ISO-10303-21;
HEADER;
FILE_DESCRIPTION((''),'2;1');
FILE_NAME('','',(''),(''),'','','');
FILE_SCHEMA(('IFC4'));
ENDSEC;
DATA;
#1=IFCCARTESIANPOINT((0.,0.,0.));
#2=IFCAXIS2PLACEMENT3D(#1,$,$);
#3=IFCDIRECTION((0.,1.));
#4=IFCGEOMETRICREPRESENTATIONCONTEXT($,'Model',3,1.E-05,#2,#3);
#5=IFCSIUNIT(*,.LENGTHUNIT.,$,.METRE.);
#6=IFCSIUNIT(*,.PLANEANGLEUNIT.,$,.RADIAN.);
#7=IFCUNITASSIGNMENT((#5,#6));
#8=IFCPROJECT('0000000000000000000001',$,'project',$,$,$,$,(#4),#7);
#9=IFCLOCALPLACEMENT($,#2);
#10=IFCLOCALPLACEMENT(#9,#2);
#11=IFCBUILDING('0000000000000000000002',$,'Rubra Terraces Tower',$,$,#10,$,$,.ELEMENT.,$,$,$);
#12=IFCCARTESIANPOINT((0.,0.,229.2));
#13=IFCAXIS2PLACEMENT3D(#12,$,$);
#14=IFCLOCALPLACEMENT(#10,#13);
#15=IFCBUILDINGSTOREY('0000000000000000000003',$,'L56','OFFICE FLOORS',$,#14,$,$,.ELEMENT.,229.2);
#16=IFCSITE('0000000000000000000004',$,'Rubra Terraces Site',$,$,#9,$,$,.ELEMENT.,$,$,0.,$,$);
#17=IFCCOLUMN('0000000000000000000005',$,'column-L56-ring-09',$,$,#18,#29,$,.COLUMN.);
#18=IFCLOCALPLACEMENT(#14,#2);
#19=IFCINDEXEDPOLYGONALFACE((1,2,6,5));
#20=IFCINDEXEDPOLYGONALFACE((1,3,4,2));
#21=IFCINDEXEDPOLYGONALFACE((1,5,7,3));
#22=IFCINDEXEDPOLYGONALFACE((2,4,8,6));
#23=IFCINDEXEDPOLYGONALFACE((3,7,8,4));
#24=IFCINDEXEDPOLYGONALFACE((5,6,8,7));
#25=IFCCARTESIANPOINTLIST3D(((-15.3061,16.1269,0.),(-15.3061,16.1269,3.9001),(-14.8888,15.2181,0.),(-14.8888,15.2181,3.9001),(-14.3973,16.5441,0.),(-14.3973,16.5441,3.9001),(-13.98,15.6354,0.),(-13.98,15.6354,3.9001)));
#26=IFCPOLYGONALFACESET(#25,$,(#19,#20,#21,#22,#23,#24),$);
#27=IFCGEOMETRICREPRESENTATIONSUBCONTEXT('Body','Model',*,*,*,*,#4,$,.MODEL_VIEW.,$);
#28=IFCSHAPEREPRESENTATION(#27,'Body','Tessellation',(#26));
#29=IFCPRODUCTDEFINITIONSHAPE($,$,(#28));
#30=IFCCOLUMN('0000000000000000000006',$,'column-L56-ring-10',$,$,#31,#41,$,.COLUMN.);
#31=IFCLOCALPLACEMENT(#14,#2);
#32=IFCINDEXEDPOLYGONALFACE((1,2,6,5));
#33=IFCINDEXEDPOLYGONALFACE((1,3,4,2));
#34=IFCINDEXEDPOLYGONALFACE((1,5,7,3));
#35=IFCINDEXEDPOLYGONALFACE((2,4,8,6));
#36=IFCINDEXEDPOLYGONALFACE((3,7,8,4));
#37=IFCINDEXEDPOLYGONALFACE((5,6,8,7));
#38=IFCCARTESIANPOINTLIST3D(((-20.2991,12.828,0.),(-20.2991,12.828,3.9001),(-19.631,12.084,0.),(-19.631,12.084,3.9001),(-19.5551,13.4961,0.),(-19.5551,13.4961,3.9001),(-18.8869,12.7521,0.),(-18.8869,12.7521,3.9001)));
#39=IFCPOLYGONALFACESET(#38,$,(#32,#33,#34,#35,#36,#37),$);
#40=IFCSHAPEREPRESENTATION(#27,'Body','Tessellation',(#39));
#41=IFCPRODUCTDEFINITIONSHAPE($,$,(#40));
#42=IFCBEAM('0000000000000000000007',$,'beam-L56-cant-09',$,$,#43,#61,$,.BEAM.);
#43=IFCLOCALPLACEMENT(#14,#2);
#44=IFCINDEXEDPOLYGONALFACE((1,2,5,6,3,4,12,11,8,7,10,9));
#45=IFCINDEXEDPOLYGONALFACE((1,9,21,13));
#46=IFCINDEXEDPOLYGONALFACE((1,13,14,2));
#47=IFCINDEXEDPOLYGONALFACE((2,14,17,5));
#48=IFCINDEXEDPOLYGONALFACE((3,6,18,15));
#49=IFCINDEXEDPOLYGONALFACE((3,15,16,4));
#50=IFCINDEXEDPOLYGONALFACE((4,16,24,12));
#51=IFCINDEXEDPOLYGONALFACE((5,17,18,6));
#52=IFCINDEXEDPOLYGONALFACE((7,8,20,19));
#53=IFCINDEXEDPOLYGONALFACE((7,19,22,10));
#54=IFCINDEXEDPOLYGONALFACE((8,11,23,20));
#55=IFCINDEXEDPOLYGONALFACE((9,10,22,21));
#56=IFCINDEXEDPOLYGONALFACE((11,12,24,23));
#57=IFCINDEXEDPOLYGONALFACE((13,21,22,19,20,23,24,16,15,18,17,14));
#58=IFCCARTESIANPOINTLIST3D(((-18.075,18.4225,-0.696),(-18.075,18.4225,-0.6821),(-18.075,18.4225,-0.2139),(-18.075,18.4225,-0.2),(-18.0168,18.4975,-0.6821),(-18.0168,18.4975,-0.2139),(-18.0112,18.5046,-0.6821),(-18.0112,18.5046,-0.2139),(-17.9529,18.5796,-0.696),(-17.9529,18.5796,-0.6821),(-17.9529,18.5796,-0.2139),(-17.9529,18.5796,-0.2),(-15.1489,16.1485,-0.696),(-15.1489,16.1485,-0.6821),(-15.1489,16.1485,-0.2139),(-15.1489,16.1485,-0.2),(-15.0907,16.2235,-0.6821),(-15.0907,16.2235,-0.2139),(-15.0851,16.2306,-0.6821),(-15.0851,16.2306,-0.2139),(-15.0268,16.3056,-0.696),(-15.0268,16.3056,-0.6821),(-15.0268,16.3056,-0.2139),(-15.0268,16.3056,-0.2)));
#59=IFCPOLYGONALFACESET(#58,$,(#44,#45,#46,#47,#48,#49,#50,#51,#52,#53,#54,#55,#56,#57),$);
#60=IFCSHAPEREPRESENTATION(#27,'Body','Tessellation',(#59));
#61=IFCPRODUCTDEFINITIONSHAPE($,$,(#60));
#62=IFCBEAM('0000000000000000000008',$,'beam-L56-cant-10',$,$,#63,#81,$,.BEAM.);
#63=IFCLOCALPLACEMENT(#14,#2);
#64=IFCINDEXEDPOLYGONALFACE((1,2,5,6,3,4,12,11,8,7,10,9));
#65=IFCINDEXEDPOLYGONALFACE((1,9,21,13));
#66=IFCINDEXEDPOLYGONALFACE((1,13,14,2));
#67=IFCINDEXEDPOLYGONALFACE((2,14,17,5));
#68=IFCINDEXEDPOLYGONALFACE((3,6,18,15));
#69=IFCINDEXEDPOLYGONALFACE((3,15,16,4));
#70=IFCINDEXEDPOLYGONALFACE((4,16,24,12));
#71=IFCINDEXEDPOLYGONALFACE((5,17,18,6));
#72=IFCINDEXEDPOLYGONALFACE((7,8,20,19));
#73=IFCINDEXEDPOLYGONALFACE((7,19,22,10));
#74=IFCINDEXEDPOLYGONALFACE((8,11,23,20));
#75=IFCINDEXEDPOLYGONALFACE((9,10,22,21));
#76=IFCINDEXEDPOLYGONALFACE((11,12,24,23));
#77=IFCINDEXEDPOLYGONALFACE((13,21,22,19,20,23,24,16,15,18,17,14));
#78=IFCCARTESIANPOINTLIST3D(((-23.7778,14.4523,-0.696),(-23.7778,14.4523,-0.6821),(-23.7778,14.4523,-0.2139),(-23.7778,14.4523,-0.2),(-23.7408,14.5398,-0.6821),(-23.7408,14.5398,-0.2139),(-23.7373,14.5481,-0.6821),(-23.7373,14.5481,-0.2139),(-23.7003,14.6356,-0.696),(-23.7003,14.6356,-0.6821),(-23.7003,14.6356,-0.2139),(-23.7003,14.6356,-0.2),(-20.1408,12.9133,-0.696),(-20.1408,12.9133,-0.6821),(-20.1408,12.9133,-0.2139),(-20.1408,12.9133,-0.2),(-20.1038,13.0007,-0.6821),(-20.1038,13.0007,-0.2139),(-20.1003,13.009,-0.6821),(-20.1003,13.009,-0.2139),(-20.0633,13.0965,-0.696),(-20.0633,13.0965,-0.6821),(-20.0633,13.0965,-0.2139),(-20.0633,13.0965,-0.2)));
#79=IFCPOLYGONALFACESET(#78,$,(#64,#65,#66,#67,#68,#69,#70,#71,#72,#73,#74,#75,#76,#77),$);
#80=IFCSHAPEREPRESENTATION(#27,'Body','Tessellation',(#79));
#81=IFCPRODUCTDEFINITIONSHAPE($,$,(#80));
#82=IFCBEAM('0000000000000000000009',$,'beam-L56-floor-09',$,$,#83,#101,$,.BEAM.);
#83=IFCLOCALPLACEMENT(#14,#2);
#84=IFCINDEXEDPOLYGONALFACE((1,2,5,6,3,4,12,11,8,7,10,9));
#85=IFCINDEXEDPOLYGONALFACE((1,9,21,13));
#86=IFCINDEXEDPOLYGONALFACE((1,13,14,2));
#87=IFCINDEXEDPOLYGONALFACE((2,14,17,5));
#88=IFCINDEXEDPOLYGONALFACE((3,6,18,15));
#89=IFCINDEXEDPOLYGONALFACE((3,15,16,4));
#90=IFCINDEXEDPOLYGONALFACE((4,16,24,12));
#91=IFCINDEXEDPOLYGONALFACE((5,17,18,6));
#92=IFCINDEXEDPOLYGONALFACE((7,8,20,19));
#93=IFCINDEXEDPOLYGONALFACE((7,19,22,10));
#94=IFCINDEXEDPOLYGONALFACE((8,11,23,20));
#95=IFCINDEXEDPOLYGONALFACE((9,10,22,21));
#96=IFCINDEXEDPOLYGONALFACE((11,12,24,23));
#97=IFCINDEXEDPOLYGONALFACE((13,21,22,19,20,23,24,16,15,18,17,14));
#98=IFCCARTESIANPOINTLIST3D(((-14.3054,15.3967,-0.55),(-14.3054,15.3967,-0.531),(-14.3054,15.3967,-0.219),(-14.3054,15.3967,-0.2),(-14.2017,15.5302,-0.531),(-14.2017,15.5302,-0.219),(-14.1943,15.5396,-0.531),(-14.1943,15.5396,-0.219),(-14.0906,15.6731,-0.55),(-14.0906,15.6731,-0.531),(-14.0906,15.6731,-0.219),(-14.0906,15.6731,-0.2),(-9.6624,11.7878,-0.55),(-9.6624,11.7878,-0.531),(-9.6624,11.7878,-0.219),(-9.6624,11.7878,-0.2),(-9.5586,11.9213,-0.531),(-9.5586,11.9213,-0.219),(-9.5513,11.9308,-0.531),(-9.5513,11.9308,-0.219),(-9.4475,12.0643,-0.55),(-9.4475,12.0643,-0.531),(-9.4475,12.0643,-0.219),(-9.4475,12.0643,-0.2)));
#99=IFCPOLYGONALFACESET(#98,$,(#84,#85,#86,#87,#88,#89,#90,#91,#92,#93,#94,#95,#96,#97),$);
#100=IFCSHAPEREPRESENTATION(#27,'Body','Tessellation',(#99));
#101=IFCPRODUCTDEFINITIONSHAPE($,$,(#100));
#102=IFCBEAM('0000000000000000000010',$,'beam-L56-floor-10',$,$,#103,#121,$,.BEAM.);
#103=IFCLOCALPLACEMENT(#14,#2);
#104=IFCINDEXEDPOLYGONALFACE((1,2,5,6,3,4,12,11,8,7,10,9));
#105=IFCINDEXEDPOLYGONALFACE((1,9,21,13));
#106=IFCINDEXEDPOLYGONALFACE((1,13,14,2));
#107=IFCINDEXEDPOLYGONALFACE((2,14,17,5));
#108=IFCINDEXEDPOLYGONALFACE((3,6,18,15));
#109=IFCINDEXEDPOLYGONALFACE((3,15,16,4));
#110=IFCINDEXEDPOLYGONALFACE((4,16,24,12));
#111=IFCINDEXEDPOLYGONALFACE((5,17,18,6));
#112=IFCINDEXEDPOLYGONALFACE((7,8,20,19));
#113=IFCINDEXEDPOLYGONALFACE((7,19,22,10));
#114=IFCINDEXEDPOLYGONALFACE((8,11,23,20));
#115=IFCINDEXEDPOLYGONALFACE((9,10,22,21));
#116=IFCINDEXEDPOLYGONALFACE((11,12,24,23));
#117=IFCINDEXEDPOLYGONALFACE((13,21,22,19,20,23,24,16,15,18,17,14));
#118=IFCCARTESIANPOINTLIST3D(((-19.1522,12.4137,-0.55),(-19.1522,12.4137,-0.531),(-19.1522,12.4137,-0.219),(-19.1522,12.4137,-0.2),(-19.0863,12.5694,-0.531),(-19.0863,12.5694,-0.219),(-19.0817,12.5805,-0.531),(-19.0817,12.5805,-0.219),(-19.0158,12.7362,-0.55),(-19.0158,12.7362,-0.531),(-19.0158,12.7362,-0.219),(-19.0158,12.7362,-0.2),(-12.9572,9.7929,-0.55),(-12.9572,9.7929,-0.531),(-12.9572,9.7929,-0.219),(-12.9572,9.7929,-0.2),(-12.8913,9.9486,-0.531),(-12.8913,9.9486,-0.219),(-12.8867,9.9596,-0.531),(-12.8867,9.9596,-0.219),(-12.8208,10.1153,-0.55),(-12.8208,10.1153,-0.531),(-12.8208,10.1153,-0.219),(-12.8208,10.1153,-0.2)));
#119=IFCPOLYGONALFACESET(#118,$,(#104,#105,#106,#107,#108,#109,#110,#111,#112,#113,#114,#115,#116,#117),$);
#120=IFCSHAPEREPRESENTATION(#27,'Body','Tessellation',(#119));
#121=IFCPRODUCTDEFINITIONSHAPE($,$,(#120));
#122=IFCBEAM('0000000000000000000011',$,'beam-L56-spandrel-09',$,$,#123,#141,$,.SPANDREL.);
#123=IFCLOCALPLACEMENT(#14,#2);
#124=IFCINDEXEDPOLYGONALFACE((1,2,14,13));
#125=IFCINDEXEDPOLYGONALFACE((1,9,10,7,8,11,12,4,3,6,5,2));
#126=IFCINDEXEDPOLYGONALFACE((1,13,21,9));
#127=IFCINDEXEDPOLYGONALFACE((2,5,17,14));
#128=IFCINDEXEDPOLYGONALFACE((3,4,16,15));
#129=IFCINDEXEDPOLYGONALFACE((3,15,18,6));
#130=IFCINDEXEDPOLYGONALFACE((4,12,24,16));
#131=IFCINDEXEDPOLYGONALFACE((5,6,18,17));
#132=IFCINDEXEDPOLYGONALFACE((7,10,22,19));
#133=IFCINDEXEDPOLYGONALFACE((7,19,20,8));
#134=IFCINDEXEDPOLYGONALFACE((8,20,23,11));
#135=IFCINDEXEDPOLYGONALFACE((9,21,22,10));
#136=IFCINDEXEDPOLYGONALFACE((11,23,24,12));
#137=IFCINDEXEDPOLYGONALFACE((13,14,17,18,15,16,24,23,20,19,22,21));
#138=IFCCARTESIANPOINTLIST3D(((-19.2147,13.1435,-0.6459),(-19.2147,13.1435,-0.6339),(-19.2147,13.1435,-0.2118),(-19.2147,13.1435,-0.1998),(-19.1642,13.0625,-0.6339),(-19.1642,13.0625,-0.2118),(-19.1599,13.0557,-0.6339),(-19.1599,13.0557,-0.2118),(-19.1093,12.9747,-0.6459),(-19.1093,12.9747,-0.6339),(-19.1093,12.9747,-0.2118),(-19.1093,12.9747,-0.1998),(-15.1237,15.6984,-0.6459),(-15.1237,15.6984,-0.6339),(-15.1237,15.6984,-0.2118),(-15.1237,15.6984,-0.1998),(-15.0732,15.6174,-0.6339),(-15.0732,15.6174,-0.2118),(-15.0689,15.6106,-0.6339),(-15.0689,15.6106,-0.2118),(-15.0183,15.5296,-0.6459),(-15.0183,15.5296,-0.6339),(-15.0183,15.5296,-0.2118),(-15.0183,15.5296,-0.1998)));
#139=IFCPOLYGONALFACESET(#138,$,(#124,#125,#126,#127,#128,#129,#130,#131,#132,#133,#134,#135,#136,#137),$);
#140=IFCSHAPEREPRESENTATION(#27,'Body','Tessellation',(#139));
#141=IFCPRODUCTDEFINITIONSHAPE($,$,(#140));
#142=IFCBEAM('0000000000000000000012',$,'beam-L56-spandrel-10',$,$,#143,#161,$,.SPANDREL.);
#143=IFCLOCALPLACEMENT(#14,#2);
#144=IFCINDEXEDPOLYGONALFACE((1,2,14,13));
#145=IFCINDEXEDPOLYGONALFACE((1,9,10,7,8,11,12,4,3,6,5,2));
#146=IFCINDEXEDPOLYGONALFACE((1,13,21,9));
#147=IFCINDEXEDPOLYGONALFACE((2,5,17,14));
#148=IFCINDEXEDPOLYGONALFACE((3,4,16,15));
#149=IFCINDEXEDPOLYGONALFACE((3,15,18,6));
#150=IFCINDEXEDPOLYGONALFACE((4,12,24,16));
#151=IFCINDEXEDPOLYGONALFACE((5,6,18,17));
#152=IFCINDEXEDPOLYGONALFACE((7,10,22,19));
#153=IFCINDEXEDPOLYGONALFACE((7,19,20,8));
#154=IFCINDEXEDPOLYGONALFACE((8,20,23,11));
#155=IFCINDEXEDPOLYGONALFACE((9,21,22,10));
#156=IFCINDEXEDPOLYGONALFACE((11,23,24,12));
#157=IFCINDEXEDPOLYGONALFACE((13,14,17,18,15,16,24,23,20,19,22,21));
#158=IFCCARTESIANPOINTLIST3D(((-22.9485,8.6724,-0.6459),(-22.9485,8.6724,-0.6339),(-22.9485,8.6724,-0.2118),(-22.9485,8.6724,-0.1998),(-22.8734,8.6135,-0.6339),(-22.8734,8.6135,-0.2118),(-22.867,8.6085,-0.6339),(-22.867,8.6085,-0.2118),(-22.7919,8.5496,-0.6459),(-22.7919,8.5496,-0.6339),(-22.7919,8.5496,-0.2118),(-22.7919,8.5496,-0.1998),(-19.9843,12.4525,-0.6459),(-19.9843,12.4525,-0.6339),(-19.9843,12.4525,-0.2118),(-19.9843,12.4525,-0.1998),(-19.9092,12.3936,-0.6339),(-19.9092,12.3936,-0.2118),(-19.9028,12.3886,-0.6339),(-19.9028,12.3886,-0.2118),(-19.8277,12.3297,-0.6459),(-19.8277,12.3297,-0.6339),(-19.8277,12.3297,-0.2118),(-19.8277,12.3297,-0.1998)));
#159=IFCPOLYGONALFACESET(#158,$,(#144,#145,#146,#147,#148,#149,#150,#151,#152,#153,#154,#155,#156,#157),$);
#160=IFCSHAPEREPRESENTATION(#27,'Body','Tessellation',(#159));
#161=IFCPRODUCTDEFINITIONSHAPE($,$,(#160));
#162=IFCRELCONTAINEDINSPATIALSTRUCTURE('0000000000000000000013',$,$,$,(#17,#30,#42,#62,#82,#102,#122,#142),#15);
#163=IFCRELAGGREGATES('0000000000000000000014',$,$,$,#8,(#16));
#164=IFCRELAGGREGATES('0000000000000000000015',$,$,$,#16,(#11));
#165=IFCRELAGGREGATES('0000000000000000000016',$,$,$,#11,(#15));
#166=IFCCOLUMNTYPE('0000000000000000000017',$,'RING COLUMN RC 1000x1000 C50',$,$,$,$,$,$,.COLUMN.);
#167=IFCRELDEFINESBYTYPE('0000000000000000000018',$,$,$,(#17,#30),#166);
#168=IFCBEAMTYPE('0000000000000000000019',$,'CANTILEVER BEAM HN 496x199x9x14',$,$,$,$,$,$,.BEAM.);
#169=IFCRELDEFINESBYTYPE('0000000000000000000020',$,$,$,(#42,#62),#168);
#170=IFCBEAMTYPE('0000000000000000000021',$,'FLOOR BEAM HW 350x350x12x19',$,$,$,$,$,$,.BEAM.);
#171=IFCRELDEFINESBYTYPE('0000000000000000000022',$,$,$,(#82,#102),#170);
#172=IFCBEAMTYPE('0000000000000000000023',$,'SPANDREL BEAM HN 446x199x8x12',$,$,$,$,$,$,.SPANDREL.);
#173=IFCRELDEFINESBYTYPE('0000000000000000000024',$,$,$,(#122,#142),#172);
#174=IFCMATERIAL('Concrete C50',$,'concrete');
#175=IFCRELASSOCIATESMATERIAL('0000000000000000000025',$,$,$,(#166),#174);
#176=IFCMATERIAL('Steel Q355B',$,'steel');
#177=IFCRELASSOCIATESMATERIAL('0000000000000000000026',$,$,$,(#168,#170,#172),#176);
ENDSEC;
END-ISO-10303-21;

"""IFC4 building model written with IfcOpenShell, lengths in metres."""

from ifc_helpers import new_model, si_unit, direction, frame, origin, origin_2d, place, context, subcontext, project, spatial, rectangle, i_section, extrude, material, material_profile, profile_set, type_object, element, save


model = new_model("IFC4")

# Units and contexts
model_context = context("Model", 3, precision=1e-05, world=origin(), true_north=direction((0.0, 1.0)))
body_context = subcontext(model_context, "Body", "Model", "MODEL_VIEW")
ifc_project = project(units=[si_unit("LENGTHUNIT", "METRE"), si_unit("PLANEANGLEUNIT", "RADIAN")], contexts=[model_context])

# Site, building, storey
site_placement = place(None, origin())
site = spatial("IfcSite", under=ifc_project, at=site_placement, Name="Rubra Terraces Site", CompositionType="ELEMENT", RefElevation=0.0)
building_placement = place(site_placement, origin())
building = spatial("IfcBuilding", under=site, at=building_placement, Name="Rubra Terraces Tower", CompositionType="ELEMENT")
storey_placement = place(building_placement, frame((0.0, 0.0, 229.2)))
storey = spatial("IfcBuildingStorey", under=building, at=storey_placement, Name="L56", Description="OFFICE FLOORS", CompositionType="ELEMENT", Elevation=229.2)

# Columns
ifc_material_1 = material(Name="Concrete C50", Category="concrete")
ifc_material_profile_1 = material_profile(ifc_material_1, rectangle(XDim=1.0, YDim=1.0, at=origin_2d()), Name="RC 1000x1000")
ifc_profile_set_1 = profile_set([ifc_material_profile_1], Name="Concrete C50")
column_type = type_object("IfcColumnType", Name="RING COLUMN RC 1000x1000 C50", PredefinedType="COLUMN", material=ifc_profile_set_1)
for number, where, z_axis, x_axis, name in (
    (1, (-14.6431, 15.8811, 0.0), (0.0, 0.0, 1.0), (-0.908779, -0.417279, 0.0), "column-L56-ring-09"),
    (2, (-19.593, 12.79, 0.0), (0.0, 0.0, 1.0), (-0.744021, -0.668156, 0.0), "column-L56-ring-10"),
):
    element("IfcColumn", number, at=place(storey_placement, frame(where, z_axis=z_axis, x_axis=x_axis)), inside=storey, type_object=column_type, Name=name, PredefinedType="COLUMN", context=body_context, shape_type="SweptSolid", body=[
        extrude(rectangle(XDim=1.0, YDim=1.0, at=origin_2d()), origin(), (0.0, 0.0, 1.0), 3.9001),
    ])

# Beams
ifc_material_2 = material(Name="Steel Q355B", Category="steel")
ifc_material_profile_2 = material_profile(ifc_material_2, i_section(OverallWidth=0.199, OverallDepth=0.4961, WebThickness=0.009, FlangeThickness=0.0139, at=origin_2d()), Name="HN 496x199x9x14")
ifc_profile_set_2 = profile_set([ifc_material_profile_2], Name="Steel Q355B")
beam_type_1 = type_object("IfcBeamType", Name="CANTILEVER BEAM HN 496x199x9x14", PredefinedType="BEAM", material=ifc_profile_set_2)
beam_1_placement = place(storey_placement, frame((-15.0879, 16.2271, -0.448), z_axis=(-0.789597, 0.613626, 0.0), x_axis=(-0.613626, -0.789597, 0.0)))
element("IfcBeam", 3, at=beam_1_placement, inside=storey, type_object=beam_type_1, Name="beam-L56-cant-09", PredefinedType="BEAM", context=body_context, shape_type="SweptSolid", body=[
    extrude(i_section(OverallWidth=0.199, OverallDepth=0.4961, WebThickness=0.009, FlangeThickness=0.0139, at=origin_2d()), origin(), (0.0, 0.0, 1.0), 3.7058),
])
beam_2_placement = place(storey_placement, frame((-20.1021, 13.0049, -0.448), z_axis=(-0.920936, 0.389715, 0.0), x_axis=(-0.389715, -0.920936, 0.0)))
element("IfcBeam", 4, at=beam_2_placement, inside=storey, type_object=beam_type_1, Name="beam-L56-cant-10", PredefinedType="BEAM", context=body_context, shape_type="SweptSolid", body=[
    extrude(i_section(OverallWidth=0.199, OverallDepth=0.4961, WebThickness=0.009, FlangeThickness=0.0139, at=origin_2d()), origin(), (0.0, 0.0, 1.0), 3.9492),
])
ifc_material_profile_3 = material_profile(ifc_material_2, i_section(OverallWidth=0.3501, OverallDepth=0.3501, WebThickness=0.012, FlangeThickness=0.019, at=origin_2d()), Name="HW 350x350x12x19")
ifc_profile_set_3 = profile_set([ifc_material_profile_3], Name="Steel Q355B")
beam_type_2 = type_object("IfcBeamType", Name="FLOOR BEAM HW 350x350x12x19", PredefinedType="BEAM", material=ifc_profile_set_3)
beam_3_placement = place(storey_placement, frame((-14.198, 15.5349, -0.375), z_axis=(0.789549, -0.613688, 0.0), x_axis=(0.613688, 0.789549, 0.0)))
element("IfcBeam", 5, at=beam_3_placement, inside=storey, type_object=beam_type_2, Name="beam-L56-floor-09", PredefinedType="BEAM", context=body_context, shape_type="SweptSolid", body=[
    extrude(i_section(OverallWidth=0.3501, OverallDepth=0.3501, WebThickness=0.012, FlangeThickness=0.019, at=origin_2d()), origin(), (0.0, 0.0, 1.0), 5.8806),
])
beam_4_placement = place(storey_placement, frame((-19.084, 12.575, -0.375), z_axis=(0.920975, -0.389622, 0.0), x_axis=(0.389622, 0.920975, 0.0)))
element("IfcBeam", 6, at=beam_4_placement, inside=storey, type_object=beam_type_2, Name="beam-L56-floor-10", PredefinedType="BEAM", context=body_context, shape_type="SweptSolid", body=[
    extrude(i_section(OverallWidth=0.3501, OverallDepth=0.3501, WebThickness=0.012, FlangeThickness=0.019, at=origin_2d()), origin(), (0.0, 0.0, 1.0), 6.7266),
])
ifc_material_profile_4 = material_profile(ifc_material_2, i_section(OverallWidth=0.199, OverallDepth=0.446, WebThickness=0.0081, FlangeThickness=0.012, at=origin_2d()), Name="HN 446x199x8x12")
ifc_profile_set_4 = profile_set([ifc_material_profile_4], Name="Steel Q355B")
beam_type_3 = type_object("IfcBeamType", Name="SPANDREL BEAM HN 446x199x8x12", PredefinedType="SPANDREL", material=ifc_profile_set_4)
beam_5_placement = place(storey_placement, frame((-15.071, 15.614, -0.4229), z_axis=(-0.848183, -0.529703, 0.0), x_axis=(0.529703, -0.848183, 0.0)))
element("IfcBeam", 7, at=beam_5_placement, inside=storey, type_object=beam_type_3, Name="beam-L56-spandrel-09", PredefinedType="SPANDREL", context=body_context, shape_type="SweptSolid", body=[
    extrude(i_section(OverallWidth=0.199, OverallDepth=0.446, WebThickness=0.0081, FlangeThickness=0.012, at=origin_2d()), origin(), (0.0, 0.0, 1.0), 4.8232),
])
beam_6_placement = place(storey_placement, frame((-19.906, 12.3911, -0.4229), z_axis=(-0.61706, -0.786916, 0.0), x_axis=(0.786916, -0.61706, 0.0)))
element("IfcBeam", 8, at=beam_6_placement, inside=storey, type_object=beam_type_3, Name="beam-L56-spandrel-10", PredefinedType="SPANDREL", context=body_context, shape_type="SweptSolid", body=[
    extrude(i_section(OverallWidth=0.199, OverallDepth=0.446, WebThickness=0.0081, FlangeThickness=0.012, at=origin_2d()), origin(), (0.0, 0.0, 1.0), 4.8037),
])

save(model, "model.ifc")
